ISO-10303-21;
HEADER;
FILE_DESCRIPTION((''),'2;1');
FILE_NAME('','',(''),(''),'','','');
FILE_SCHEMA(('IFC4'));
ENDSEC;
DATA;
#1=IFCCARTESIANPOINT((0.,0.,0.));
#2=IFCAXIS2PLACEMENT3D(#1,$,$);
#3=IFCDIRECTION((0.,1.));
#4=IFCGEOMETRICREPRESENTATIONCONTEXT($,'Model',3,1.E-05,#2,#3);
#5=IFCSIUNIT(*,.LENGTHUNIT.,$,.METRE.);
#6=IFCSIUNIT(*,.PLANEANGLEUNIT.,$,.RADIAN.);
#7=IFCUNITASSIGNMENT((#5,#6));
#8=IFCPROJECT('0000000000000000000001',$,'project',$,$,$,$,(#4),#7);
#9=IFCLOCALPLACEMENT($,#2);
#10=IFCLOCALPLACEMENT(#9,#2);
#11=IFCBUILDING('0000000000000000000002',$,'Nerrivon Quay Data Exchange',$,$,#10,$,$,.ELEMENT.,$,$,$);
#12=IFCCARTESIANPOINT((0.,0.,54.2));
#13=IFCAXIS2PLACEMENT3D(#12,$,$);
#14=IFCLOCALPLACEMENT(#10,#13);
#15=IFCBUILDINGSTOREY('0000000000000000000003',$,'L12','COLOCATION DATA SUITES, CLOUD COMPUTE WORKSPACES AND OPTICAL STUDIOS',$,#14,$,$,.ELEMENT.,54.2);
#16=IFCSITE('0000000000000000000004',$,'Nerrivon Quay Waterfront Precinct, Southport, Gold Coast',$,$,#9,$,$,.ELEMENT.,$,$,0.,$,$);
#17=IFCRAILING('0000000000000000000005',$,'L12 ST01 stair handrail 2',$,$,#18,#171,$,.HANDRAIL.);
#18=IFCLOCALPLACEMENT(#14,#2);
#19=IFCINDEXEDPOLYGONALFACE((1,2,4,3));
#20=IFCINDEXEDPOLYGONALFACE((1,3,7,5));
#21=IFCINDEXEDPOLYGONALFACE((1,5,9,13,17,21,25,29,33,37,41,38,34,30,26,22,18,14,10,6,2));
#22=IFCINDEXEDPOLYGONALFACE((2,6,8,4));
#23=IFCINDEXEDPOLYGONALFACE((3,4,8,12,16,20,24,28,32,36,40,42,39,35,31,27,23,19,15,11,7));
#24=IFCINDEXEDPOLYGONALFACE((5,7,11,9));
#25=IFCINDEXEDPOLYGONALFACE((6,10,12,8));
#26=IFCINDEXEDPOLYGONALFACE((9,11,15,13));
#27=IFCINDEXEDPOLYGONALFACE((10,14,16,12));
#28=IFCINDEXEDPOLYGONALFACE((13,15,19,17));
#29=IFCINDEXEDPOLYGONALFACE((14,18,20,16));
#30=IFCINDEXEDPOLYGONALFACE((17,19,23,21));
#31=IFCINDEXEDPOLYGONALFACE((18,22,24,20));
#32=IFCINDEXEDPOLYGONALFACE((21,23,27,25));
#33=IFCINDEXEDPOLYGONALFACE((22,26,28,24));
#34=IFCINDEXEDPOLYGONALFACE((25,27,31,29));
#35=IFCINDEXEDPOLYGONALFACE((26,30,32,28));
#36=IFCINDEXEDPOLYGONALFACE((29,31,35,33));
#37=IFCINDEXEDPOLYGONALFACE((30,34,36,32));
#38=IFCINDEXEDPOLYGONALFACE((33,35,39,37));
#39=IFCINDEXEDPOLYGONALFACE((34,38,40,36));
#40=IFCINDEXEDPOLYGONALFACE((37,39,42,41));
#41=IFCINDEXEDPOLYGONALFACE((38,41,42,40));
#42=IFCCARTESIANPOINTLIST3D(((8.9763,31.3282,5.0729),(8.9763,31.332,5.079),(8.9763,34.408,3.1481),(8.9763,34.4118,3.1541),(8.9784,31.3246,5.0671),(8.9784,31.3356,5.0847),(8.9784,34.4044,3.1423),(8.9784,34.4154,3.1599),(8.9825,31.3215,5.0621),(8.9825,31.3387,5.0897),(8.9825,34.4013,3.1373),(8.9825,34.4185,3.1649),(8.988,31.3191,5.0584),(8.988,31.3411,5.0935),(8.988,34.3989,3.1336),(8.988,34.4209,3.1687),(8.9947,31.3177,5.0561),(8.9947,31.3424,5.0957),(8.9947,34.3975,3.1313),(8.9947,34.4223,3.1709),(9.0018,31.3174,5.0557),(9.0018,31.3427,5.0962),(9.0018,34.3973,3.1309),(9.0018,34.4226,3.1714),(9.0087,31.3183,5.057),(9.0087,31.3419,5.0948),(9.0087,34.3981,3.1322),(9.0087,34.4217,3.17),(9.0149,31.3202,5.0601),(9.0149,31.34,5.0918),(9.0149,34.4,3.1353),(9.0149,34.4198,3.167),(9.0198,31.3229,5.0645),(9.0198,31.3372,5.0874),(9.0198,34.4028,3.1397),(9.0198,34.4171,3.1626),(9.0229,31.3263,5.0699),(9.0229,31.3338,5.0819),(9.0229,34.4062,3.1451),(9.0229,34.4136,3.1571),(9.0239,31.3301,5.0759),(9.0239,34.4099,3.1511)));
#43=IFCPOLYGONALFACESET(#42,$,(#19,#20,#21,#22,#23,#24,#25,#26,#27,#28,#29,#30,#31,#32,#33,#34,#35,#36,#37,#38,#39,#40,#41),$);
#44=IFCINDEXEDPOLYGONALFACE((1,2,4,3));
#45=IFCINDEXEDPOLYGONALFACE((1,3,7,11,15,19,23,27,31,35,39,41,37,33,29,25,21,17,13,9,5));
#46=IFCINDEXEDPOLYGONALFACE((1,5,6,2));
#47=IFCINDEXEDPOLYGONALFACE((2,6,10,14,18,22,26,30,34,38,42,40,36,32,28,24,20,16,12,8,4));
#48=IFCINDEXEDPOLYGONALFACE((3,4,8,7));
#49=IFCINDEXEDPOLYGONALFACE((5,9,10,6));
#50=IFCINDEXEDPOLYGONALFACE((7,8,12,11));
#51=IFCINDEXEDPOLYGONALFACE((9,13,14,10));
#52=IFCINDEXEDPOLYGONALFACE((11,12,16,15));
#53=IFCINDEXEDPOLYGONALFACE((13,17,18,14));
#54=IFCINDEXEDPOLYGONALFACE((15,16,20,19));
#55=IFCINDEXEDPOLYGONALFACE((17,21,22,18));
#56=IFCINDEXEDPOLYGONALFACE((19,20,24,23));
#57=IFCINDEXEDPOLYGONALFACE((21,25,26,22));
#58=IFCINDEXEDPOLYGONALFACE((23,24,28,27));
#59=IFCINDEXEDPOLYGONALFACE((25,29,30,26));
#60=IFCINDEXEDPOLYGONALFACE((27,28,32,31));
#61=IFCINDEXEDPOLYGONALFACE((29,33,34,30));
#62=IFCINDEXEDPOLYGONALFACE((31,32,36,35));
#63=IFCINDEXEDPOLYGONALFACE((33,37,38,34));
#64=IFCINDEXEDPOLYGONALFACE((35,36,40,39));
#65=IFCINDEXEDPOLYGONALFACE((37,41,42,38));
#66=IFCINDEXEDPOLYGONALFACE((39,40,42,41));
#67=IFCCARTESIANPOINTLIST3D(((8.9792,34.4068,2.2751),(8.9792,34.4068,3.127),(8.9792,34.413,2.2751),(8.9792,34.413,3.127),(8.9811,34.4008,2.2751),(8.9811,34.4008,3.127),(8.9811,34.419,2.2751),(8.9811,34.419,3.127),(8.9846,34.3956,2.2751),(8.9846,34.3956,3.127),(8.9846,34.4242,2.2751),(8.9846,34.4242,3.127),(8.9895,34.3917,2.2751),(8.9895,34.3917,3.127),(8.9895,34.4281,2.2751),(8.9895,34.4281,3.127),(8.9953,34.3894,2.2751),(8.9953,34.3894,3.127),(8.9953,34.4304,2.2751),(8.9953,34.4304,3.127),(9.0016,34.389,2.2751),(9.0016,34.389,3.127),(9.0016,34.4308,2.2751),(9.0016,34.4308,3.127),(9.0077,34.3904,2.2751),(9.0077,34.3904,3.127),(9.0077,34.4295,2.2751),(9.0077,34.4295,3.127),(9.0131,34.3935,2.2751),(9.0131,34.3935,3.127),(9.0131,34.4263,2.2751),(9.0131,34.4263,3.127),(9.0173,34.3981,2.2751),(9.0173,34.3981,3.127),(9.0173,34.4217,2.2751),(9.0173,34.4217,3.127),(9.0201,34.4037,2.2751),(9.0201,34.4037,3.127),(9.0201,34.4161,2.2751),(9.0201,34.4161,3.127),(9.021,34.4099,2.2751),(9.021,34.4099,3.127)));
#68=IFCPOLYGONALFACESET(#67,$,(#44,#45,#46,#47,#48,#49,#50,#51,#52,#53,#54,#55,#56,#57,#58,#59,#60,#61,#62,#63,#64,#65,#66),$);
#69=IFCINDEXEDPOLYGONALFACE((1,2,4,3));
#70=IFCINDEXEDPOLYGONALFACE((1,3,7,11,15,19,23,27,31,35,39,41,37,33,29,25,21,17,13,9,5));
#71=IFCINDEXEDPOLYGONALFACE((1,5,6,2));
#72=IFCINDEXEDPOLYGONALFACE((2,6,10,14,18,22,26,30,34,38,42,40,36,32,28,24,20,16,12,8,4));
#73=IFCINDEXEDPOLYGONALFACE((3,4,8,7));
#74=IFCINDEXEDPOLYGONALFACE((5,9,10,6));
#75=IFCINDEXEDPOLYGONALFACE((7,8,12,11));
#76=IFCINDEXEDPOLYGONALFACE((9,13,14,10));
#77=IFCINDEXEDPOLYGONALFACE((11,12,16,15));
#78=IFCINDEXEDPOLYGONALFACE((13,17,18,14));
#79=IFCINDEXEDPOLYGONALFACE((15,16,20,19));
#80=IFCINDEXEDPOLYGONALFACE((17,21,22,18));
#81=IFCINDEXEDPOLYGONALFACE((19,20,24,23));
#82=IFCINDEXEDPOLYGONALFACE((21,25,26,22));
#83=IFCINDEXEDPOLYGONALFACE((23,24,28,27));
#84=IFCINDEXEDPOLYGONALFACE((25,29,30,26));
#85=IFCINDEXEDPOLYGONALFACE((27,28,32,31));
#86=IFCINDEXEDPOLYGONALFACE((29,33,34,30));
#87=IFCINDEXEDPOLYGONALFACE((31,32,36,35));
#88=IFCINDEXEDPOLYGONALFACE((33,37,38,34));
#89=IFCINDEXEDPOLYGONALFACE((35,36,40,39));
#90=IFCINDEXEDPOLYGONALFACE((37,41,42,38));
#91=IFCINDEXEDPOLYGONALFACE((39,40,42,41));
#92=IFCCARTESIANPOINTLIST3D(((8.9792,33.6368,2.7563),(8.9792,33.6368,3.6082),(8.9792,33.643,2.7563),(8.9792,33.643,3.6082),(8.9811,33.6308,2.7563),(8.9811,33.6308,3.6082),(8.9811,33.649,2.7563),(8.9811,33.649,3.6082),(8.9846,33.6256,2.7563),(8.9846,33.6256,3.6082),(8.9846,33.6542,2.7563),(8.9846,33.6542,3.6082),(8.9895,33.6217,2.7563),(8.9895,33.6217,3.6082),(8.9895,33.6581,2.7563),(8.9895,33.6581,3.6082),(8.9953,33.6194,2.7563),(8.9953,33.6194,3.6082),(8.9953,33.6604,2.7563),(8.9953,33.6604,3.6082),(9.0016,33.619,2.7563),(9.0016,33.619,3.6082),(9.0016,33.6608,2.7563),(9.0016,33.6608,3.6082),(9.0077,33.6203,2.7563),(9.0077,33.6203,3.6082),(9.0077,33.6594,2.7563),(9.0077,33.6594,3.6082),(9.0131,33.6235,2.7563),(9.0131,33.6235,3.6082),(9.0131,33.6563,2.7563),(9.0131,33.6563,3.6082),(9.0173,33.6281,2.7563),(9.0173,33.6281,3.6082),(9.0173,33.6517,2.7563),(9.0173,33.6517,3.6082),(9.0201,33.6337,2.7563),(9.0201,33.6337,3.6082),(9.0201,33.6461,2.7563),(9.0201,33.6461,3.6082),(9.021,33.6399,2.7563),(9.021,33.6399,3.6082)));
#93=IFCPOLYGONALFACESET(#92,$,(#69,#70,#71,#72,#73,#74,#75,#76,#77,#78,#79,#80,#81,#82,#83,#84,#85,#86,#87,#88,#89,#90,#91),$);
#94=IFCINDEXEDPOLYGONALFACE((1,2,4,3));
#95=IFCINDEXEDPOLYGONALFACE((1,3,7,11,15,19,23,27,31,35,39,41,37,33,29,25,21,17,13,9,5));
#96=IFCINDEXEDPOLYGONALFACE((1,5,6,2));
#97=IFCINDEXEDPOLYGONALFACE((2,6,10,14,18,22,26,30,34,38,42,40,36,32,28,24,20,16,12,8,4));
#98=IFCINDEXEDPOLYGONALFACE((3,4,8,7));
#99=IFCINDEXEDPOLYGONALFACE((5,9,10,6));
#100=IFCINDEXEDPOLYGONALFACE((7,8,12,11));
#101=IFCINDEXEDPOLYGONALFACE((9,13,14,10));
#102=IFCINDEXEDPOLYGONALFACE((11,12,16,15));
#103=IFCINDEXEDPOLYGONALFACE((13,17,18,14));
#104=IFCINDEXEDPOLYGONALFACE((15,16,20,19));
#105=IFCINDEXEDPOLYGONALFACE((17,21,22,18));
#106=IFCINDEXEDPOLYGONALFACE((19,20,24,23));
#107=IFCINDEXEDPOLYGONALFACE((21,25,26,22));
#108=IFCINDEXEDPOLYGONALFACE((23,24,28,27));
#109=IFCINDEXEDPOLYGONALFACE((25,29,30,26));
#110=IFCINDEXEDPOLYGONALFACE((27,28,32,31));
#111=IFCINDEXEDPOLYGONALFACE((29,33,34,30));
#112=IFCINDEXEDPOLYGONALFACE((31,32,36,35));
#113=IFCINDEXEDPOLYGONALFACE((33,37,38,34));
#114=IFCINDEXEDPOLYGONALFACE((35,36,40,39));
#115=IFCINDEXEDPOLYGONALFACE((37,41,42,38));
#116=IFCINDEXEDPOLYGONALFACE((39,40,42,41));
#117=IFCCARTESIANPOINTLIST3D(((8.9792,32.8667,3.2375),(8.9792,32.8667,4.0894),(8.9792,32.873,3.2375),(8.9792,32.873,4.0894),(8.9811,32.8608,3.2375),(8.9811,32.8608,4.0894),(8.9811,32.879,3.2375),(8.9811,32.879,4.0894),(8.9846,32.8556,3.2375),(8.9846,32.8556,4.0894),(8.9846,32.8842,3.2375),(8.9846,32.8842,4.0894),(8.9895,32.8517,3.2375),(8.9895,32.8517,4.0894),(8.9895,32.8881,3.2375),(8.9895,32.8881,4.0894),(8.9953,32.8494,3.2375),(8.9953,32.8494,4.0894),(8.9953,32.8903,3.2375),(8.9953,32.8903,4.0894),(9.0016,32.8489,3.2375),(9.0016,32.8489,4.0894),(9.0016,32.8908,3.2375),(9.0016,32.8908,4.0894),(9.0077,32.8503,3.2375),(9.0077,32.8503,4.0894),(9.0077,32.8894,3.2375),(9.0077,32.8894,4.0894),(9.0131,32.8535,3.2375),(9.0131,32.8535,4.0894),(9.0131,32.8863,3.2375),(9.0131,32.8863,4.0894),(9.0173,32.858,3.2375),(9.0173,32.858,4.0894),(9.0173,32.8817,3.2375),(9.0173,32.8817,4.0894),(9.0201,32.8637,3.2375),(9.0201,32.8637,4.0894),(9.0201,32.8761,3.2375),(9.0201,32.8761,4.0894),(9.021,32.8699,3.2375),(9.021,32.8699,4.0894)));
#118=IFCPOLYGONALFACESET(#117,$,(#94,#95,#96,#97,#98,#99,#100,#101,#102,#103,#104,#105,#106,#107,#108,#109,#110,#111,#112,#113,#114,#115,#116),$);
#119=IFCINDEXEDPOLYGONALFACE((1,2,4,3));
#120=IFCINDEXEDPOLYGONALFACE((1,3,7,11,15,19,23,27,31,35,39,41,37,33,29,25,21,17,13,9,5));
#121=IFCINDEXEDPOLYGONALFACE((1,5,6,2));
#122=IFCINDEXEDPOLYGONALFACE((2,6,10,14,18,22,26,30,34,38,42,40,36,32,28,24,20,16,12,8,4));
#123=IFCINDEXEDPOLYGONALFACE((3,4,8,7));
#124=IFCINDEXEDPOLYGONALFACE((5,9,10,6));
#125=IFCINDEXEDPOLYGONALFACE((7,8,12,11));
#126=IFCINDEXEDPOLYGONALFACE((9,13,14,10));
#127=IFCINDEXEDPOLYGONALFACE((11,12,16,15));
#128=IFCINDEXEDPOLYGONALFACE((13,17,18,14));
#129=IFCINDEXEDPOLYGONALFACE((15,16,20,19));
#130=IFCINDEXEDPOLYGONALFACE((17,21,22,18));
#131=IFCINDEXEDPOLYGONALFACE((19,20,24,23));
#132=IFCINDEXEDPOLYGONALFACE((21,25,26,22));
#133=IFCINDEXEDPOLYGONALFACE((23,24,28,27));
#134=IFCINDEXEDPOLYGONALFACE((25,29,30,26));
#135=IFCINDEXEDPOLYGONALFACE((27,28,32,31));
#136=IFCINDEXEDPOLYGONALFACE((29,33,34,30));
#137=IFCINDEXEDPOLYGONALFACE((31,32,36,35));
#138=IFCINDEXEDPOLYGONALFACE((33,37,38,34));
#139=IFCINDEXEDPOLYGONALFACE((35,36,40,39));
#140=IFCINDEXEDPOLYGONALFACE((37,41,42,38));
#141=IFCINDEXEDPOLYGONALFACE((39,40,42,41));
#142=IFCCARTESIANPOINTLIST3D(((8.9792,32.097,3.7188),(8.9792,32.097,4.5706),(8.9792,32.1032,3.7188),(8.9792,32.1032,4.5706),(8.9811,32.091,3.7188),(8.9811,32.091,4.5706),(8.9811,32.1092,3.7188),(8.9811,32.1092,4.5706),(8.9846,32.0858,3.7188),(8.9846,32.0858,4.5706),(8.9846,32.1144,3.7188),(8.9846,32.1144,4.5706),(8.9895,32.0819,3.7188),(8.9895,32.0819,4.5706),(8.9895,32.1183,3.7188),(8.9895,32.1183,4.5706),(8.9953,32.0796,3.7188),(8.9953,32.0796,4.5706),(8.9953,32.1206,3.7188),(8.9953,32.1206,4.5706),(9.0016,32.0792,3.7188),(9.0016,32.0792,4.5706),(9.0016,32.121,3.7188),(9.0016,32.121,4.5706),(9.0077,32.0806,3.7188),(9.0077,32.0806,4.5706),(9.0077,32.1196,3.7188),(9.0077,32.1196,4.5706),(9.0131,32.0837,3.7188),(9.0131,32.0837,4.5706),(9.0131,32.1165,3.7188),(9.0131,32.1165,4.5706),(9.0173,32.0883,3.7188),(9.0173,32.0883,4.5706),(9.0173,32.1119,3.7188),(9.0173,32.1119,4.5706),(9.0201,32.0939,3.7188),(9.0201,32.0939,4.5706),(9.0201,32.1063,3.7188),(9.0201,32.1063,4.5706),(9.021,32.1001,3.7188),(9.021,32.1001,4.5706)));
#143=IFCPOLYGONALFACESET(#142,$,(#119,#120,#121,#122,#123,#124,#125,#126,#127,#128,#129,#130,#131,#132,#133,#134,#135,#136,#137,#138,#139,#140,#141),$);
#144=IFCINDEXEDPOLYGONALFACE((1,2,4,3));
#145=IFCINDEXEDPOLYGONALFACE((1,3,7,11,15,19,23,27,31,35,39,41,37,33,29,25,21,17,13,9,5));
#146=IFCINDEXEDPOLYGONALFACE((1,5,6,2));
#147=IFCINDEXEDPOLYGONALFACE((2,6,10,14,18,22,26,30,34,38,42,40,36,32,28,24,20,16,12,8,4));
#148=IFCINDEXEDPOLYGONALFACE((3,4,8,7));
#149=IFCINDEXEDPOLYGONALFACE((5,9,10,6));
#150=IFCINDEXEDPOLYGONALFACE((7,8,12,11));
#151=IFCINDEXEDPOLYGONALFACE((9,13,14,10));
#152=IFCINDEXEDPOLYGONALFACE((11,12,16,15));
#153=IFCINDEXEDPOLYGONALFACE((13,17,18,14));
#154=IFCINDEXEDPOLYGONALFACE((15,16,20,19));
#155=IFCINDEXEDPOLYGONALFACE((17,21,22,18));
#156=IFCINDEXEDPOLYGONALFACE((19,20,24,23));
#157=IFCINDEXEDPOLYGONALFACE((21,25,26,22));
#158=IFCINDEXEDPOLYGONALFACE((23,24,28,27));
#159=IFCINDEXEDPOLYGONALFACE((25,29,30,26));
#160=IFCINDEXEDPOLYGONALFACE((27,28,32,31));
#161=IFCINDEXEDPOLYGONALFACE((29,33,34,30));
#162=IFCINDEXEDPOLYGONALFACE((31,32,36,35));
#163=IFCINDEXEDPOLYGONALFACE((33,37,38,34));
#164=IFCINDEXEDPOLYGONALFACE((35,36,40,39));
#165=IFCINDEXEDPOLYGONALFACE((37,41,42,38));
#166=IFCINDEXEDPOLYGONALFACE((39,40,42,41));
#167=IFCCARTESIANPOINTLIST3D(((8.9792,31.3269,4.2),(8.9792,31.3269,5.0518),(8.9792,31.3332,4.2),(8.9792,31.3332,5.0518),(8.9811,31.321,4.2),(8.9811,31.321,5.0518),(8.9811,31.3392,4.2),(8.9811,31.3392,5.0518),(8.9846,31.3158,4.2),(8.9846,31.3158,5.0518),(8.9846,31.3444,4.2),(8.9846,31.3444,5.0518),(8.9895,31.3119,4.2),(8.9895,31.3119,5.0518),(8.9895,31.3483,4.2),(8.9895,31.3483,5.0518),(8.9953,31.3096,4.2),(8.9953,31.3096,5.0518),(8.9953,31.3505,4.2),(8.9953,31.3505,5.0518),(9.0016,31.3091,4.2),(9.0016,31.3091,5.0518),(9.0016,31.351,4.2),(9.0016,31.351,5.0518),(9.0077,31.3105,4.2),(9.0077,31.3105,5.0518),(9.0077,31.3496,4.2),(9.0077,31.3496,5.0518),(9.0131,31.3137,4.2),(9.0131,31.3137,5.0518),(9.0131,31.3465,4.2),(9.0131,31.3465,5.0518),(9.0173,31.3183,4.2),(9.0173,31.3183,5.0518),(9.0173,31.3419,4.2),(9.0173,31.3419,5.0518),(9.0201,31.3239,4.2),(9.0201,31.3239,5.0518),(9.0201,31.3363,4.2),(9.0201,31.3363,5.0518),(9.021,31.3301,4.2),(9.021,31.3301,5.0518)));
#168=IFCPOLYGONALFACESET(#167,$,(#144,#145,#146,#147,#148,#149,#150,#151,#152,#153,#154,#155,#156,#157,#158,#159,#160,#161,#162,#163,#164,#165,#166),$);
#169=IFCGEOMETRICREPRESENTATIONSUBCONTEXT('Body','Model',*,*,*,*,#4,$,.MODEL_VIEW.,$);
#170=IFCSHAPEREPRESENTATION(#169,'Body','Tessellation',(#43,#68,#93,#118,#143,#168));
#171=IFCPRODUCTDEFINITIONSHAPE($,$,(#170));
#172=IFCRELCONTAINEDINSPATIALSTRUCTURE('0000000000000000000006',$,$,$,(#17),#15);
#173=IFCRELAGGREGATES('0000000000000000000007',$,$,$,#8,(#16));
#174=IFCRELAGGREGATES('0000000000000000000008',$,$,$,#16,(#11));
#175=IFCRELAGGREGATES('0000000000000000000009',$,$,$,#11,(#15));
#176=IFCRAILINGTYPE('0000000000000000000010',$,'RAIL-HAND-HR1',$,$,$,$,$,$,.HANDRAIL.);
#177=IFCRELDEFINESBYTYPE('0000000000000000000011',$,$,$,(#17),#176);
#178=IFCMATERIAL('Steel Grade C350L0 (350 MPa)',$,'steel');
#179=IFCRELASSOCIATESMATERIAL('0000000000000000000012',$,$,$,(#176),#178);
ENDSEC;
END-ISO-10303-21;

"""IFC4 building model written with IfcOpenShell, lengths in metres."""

from ifc_helpers import new_model, si_unit, direction, frame, origin, origin_2d, place, context, subcontext, project, spatial, circle, extrude, material, type_object, element, save


model = new_model("IFC4")

# Units and contexts
model_context = context("Model", 3, precision=1e-05, world=origin(), true_north=direction((0.0, 1.0)))
body_context = subcontext(model_context, "Body", "Model", "MODEL_VIEW")
ifc_project = project(units=[si_unit("LENGTHUNIT", "METRE"), si_unit("PLANEANGLEUNIT", "RADIAN")], contexts=[model_context])

# Site, building, storey
site_placement = place(None, origin())
site = spatial("IfcSite", under=ifc_project, at=site_placement, Name="Nerrivon Quay Waterfront Precinct, Southport, Gold Coast", CompositionType="ELEMENT", RefElevation=0.0)
building_placement = place(site_placement, origin())
building = spatial("IfcBuilding", under=site, at=building_placement, Name="Nerrivon Quay Data Exchange", CompositionType="ELEMENT")
storey_placement = place(building_placement, frame((0.0, 0.0, 54.2)))
storey = spatial("IfcBuildingStorey", under=building, at=storey_placement, Name="L12", Description="COLOCATION DATA SUITES, CLOUD COMPUTE WORKSPACES AND OPTICAL STUDIOS", CompositionType="ELEMENT", Elevation=54.2)

# Railing
ifc_material_1 = material(Name="Steel Grade C350L0 (350 MPa)", Category="steel")
railing_type_1 = type_object("IfcRailingType", Name="RAIL-HAND-HR1", PredefinedType="HANDRAIL", material=ifc_material_1)
railing_1_placement = place(storey_placement, frame((9.0, 34.4099, 2.2751)))
element("IfcRailing", 1, at=railing_1_placement, inside=storey, type_object=railing_type_1, Name="L12 ST01 stair handrail 2", PredefinedType="HANDRAIL", context=body_context, shape_type="SweptSolid", body=[
    extrude(circle(Radius=0.0239, at=origin_2d()), frame((0.0, 0.0, 0.876), z_axis=(0.0, -0.84801, 0.529981), x_axis=(1.0, 0.0, 0.0)), (0.0, 0.0, 1.0), 3.6318),
    extrude(circle(Radius=0.021, at=origin_2d()), origin(), (0.0, 0.0, 1.0), 0.8518),
    extrude(circle(Radius=0.021, at=origin_2d()), frame((0.0, -0.77, 0.4812)), (0.0, 0.0, 1.0), 0.8518),
    extrude(circle(Radius=0.021, at=origin_2d()), frame((0.0, -1.54, 0.9624)), (0.0, 0.0, 1.0), 0.8518),
    extrude(circle(Radius=0.021, at=origin_2d()), frame((0.0, -2.3098, 1.4436)), (0.0, 0.0, 1.0), 0.8518),
    extrude(circle(Radius=0.021, at=origin_2d()), frame((0.0, -3.0798, 1.9248)), (0.0, 0.0, 1.0), 0.8518),
])

save(model, "model.ifc")
